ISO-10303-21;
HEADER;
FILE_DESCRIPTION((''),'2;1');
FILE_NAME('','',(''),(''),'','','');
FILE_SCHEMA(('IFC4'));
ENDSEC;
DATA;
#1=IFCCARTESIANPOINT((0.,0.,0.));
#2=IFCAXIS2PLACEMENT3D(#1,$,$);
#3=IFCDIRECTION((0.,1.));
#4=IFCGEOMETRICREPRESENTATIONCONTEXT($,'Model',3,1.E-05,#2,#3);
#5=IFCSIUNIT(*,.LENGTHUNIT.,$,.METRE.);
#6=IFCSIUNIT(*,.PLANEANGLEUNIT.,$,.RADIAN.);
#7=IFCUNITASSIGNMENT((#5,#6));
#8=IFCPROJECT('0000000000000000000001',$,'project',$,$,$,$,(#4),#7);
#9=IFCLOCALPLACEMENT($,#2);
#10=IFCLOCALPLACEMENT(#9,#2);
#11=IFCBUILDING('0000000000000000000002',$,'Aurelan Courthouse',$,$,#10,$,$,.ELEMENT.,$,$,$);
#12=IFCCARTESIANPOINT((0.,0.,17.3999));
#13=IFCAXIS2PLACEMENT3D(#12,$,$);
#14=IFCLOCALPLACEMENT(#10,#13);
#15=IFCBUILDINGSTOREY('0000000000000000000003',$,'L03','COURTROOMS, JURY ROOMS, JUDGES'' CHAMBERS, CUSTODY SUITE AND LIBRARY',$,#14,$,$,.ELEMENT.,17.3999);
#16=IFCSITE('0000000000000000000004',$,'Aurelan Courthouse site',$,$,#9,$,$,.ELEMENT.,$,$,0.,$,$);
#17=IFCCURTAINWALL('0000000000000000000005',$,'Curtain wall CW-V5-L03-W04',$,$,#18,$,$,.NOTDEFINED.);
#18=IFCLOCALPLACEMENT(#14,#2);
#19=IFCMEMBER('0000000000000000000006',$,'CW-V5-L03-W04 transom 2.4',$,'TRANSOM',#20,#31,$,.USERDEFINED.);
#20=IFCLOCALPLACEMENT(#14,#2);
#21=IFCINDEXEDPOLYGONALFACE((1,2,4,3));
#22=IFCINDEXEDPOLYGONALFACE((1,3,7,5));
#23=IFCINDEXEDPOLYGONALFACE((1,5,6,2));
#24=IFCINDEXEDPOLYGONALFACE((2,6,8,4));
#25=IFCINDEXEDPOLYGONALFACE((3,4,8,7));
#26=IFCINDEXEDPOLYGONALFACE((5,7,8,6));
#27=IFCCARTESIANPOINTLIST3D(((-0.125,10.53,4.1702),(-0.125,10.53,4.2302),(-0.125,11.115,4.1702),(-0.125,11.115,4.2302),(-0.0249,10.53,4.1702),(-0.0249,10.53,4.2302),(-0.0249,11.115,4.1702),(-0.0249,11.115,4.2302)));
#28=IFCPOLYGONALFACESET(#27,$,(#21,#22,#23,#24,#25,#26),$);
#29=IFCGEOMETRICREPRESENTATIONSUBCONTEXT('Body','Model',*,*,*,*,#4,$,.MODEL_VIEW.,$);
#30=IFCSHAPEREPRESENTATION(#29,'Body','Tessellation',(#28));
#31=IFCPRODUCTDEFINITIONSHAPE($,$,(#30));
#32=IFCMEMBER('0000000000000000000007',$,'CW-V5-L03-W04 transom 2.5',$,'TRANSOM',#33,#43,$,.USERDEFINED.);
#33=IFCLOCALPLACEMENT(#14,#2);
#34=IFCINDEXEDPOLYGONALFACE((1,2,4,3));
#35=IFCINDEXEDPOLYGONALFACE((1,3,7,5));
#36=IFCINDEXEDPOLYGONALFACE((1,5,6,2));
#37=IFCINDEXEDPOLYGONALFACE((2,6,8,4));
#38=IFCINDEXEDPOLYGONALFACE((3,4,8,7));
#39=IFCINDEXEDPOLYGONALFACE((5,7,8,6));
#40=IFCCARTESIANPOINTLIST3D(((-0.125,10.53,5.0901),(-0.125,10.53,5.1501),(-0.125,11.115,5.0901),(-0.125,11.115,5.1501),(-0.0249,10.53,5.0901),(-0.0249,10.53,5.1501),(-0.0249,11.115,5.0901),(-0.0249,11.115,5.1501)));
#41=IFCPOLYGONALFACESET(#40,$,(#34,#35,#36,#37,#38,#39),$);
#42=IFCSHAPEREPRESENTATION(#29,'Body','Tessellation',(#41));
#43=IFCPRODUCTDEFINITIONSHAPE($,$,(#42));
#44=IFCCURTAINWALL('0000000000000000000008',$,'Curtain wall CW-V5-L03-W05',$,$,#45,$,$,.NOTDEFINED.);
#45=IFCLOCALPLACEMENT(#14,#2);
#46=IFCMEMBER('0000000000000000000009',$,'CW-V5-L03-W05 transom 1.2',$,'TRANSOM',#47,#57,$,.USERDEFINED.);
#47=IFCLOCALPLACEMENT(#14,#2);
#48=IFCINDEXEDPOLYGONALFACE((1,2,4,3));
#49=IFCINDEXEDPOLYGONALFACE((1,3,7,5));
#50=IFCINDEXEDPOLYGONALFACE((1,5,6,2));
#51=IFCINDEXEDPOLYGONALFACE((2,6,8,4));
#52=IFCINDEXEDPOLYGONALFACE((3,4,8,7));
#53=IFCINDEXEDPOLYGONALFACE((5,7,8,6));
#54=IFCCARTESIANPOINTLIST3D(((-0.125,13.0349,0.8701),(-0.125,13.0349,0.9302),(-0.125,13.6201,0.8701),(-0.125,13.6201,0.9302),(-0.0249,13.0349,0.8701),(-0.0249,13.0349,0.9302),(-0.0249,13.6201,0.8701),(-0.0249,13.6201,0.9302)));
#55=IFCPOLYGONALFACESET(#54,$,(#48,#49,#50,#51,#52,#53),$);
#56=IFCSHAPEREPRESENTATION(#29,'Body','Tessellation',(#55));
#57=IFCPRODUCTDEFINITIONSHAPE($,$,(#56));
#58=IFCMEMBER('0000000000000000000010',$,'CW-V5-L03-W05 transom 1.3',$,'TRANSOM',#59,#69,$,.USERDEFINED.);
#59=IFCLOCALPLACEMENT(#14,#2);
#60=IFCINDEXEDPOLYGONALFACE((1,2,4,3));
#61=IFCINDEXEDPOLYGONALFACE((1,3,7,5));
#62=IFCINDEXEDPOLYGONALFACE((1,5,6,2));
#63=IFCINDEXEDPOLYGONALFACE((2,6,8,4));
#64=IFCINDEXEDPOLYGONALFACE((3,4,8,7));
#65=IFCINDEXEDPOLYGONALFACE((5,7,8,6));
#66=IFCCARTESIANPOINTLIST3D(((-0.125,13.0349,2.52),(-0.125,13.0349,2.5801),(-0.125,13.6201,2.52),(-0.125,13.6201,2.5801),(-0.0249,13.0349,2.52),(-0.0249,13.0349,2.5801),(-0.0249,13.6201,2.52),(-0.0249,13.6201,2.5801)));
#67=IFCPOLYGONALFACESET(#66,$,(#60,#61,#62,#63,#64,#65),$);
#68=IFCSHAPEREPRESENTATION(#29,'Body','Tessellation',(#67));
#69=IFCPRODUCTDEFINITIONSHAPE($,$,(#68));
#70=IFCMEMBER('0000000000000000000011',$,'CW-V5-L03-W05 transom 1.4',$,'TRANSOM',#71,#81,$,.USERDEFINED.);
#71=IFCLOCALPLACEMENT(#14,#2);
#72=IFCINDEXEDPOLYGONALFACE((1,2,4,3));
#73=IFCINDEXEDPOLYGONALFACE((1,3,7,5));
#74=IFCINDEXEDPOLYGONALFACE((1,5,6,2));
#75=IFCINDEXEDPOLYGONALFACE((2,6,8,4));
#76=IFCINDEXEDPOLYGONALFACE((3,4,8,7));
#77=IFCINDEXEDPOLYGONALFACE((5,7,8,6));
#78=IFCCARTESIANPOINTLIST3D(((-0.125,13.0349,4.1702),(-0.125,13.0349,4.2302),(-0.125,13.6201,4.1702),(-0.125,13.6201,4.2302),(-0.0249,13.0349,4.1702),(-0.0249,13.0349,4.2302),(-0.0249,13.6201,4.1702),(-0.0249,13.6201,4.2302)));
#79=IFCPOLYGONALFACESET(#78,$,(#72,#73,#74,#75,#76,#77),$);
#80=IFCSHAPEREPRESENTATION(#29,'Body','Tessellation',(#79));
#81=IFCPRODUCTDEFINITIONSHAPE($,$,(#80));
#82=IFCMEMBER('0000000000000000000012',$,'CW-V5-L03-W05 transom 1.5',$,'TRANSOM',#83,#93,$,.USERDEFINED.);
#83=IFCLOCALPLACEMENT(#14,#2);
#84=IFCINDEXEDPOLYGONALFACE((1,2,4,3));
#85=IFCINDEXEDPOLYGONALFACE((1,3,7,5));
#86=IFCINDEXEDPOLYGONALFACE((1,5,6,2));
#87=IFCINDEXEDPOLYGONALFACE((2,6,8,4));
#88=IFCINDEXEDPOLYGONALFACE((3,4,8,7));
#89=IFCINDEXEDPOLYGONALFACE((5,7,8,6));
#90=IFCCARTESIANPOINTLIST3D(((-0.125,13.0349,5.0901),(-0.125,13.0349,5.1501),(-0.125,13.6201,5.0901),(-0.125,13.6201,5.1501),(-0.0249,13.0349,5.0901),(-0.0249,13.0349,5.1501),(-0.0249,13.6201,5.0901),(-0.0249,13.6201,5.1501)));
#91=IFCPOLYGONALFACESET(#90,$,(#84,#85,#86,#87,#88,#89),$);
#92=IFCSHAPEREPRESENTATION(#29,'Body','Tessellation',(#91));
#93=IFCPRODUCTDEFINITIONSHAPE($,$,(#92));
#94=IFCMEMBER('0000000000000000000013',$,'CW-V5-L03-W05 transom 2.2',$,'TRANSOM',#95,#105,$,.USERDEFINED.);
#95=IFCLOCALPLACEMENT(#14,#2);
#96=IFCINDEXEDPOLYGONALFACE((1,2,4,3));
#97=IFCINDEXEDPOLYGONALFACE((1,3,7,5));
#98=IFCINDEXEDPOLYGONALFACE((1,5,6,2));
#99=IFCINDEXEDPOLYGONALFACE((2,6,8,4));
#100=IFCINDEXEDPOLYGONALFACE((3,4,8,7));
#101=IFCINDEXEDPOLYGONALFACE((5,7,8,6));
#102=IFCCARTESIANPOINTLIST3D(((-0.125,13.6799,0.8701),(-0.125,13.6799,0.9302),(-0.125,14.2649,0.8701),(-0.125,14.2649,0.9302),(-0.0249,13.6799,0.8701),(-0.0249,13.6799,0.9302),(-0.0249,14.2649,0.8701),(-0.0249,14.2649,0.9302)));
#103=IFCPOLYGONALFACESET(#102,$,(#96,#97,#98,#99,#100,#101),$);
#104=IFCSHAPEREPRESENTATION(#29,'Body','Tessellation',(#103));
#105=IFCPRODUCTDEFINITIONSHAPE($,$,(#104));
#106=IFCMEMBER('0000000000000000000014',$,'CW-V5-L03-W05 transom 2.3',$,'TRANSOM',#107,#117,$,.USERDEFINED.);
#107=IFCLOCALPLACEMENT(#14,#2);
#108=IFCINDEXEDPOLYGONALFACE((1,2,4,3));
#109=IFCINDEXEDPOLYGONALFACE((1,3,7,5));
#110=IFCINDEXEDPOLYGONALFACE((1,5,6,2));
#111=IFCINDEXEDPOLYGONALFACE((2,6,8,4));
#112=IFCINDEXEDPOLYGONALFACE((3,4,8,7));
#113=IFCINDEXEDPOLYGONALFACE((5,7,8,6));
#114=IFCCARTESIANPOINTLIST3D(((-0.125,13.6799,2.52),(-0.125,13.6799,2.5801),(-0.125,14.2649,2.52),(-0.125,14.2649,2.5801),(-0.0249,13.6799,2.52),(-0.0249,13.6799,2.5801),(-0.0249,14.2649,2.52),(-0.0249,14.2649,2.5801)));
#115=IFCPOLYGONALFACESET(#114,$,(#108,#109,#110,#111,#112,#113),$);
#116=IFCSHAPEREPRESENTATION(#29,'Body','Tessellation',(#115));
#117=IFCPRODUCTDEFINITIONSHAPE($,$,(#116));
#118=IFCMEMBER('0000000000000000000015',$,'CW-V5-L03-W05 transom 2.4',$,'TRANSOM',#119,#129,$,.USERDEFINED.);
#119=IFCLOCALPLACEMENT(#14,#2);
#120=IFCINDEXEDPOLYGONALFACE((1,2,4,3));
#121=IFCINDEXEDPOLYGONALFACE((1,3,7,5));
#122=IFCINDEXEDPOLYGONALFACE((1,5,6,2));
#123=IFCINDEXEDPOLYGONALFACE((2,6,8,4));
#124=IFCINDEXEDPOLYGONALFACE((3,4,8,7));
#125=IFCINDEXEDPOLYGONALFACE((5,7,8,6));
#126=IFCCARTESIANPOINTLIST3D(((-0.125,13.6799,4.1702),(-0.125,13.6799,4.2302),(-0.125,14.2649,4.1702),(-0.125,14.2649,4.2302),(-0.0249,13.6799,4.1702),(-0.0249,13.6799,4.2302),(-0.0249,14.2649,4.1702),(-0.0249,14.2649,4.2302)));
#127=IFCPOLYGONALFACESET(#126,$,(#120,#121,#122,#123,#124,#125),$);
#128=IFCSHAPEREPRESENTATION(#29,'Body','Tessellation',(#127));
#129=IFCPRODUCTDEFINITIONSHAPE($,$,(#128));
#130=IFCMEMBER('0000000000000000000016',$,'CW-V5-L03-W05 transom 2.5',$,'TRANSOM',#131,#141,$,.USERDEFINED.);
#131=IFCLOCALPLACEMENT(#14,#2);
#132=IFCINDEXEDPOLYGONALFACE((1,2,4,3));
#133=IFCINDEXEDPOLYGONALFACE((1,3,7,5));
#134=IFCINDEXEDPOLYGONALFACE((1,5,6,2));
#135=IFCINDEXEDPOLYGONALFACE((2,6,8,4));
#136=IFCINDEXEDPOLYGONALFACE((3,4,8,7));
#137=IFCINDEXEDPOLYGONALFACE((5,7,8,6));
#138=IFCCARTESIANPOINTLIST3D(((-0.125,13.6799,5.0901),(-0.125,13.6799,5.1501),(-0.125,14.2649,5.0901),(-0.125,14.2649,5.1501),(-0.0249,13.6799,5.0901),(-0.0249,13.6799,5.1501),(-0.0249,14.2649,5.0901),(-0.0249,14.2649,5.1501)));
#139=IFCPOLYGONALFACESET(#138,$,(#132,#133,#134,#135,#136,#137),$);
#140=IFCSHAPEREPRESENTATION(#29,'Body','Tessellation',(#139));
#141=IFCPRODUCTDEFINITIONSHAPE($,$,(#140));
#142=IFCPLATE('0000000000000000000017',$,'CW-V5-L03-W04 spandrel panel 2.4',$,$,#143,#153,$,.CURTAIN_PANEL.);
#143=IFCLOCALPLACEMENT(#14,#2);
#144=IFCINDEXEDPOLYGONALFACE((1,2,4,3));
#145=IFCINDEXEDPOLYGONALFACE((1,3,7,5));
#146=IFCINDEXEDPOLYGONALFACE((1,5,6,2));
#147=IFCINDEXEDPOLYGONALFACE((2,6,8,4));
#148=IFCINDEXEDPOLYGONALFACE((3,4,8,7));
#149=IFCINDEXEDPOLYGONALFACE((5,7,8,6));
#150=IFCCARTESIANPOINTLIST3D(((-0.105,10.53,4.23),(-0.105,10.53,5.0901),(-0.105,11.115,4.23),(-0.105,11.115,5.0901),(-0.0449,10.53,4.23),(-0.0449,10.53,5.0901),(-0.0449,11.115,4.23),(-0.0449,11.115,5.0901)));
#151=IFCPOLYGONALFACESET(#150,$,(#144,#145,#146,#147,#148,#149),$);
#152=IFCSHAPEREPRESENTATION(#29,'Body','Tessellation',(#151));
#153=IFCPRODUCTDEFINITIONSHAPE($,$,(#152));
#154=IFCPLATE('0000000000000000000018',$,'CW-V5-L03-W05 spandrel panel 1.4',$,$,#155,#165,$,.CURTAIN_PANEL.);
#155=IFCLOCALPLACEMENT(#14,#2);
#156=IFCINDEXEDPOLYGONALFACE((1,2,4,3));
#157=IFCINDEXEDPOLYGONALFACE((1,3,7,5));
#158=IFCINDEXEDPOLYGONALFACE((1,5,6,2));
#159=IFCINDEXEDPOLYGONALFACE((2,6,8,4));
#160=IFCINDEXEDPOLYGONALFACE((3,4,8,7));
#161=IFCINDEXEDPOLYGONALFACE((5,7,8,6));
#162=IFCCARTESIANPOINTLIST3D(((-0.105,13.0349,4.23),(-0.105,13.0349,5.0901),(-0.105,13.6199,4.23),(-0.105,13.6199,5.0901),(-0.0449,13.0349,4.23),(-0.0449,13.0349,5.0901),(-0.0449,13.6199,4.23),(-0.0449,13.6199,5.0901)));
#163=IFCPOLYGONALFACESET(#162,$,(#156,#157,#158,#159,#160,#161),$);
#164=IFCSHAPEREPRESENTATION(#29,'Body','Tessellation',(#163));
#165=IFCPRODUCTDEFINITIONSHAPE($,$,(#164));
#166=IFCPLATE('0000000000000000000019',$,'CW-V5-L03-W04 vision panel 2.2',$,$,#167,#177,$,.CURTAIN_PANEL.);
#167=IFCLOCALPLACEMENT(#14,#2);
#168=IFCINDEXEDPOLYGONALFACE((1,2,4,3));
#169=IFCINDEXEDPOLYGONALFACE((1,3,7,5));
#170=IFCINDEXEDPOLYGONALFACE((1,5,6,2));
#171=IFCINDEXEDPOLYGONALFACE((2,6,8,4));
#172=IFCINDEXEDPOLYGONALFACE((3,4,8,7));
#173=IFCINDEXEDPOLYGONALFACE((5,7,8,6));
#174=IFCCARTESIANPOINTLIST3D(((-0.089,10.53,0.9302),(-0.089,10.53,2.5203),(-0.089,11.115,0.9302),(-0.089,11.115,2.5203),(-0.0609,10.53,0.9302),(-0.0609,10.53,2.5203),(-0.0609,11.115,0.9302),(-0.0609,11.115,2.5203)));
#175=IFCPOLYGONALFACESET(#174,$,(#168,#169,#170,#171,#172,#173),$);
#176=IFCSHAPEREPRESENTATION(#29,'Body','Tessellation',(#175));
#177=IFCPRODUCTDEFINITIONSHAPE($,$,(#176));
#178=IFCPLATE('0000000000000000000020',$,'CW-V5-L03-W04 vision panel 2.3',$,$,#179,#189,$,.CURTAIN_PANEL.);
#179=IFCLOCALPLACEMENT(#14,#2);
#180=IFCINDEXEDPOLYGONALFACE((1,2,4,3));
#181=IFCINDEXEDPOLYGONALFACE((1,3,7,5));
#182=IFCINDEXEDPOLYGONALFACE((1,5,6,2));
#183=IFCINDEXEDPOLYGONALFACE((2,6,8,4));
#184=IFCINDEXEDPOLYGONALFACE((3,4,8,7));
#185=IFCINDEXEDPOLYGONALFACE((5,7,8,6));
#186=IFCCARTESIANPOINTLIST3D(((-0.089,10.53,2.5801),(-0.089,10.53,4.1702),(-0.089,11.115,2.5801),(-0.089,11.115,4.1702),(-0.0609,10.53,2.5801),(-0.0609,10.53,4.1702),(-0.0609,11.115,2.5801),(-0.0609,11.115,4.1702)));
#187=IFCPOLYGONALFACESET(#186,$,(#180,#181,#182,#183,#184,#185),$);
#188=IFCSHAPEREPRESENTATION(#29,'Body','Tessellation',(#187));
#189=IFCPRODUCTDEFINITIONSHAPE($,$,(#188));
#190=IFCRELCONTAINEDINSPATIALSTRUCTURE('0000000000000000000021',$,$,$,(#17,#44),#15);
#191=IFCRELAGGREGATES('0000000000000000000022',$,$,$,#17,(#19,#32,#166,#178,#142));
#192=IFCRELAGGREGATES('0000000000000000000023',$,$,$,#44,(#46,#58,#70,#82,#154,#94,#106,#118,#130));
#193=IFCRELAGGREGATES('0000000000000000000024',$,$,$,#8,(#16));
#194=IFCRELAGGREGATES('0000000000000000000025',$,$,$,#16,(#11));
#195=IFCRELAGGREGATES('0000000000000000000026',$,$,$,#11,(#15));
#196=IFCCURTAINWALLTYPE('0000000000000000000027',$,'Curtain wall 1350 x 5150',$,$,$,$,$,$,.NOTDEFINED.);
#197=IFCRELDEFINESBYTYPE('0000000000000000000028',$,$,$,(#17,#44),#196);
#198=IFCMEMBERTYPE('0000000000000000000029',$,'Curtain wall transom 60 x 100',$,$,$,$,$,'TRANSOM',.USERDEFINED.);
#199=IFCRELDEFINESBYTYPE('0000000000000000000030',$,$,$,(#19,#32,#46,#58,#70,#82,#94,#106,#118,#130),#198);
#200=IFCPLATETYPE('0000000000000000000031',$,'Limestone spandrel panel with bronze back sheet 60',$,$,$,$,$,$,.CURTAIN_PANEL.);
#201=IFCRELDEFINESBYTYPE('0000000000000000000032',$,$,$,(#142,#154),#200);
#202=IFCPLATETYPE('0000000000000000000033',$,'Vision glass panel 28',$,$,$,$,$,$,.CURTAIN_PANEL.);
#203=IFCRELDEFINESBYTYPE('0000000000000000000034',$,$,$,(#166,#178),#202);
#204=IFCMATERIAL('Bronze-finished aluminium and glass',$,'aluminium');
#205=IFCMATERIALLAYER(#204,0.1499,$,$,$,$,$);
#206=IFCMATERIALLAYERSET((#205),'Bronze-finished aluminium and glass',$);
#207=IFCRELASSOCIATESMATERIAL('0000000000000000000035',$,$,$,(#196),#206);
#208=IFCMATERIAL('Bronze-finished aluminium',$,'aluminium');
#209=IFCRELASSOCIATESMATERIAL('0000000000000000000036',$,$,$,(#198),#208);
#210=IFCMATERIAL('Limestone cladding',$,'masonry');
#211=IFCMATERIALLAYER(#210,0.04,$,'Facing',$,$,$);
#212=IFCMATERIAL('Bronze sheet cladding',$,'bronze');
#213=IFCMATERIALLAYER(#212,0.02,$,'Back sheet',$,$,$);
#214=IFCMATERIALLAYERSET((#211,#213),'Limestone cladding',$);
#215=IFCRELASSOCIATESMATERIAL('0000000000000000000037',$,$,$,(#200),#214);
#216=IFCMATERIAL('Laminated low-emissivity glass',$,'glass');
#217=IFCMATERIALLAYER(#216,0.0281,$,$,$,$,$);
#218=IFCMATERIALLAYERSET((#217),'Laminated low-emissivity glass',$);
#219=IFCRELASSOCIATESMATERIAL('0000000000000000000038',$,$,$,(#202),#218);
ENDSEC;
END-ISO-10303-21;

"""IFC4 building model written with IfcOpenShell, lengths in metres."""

from ifc_helpers import new_model, si_unit, direction, frame, origin, origin_2d, place, context, subcontext, project, spatial, rectangle, extrude, material, layer, layer_set, material_profile, profile_set, type_object, element, aggregate, save


model = new_model("IFC4")

# Units and contexts
model_context = context("Model", 3, precision=1e-05, world=origin(), true_north=direction((0.0, 1.0)))
body_context = subcontext(model_context, "Body", "Model", "MODEL_VIEW")
ifc_project = project(units=[si_unit("LENGTHUNIT", "METRE"), si_unit("PLANEANGLEUNIT", "RADIAN")], contexts=[model_context])

# Site, building, storey
site_placement = place(None, origin())
site = spatial("IfcSite", under=ifc_project, at=site_placement, Name="Aurelan Courthouse site", CompositionType="ELEMENT", RefElevation=0.0)
building_placement = place(site_placement, origin())
building = spatial("IfcBuilding", under=site, at=building_placement, Name="Aurelan Courthouse", CompositionType="ELEMENT")
storey_placement = place(building_placement, frame((0.0, 0.0, 17.3999)))
storey = spatial("IfcBuildingStorey", under=building, at=storey_placement, Name="L03", Description="COURTROOMS, JURY ROOMS, JUDGES' CHAMBERS, CUSTODY SUITE AND LIBRARY", CompositionType="ELEMENT", Elevation=17.3999)

# Curtain walls, members
ifc_material_1 = material(Name="Bronze-finished aluminium and glass", Category="aluminium")
ifc_layer_1 = layer(ifc_material_1, 0.1499)
ifc_layer_set_1 = layer_set([ifc_layer_1], Name="Bronze-finished aluminium and glass")
curtain_wall_type = type_object("IfcCurtainWallType", Name="Curtain wall 1350 x 5150", PredefinedType="NOTDEFINED", material=ifc_layer_set_1)
curtain_wall_1_placement = place(storey_placement, origin())
curtain_wall_1 = element("IfcCurtainWall", 1, at=curtain_wall_1_placement, inside=storey, type_object=curtain_wall_type, Name="Curtain wall CW-V5-L03-W04", PredefinedType="NOTDEFINED")
ifc_material_2 = material(Name="Bronze-finished aluminium", Category="aluminium")
ifc_material_profile = material_profile(ifc_material_2, rectangle(XDim=0.1001, YDim=0.0601, at=origin_2d()), Name="Bronze transom 60 x 100")
ifc_profile_set = profile_set([ifc_material_profile], Name="Bronze-finished aluminium")
member_type = type_object("IfcMemberType", Name="Curtain wall transom 60 x 100", ElementType="TRANSOM", PredefinedType="USERDEFINED", material=ifc_profile_set)
member_1_placement = place(storey_placement, frame((-0.075, 10.53, 4.2002), z_axis=(0.0, 1.0, 0.0), x_axis=(-1.0, 0.0, 0.0)))
member_1 = element("IfcMember", 2, at=member_1_placement, type_object=member_type, Name="CW-V5-L03-W04 transom 2.4", ObjectType="TRANSOM", PredefinedType="USERDEFINED", context=body_context, shape_type="SweptSolid", body=[
    extrude(rectangle(XDim=0.1001, YDim=0.0601, at=origin_2d()), origin(), (0.0, 0.0, 1.0), 0.585),
])
member_2_placement = place(storey_placement, frame((-0.075, 10.53, 5.1201), z_axis=(0.0, 1.0, 0.0), x_axis=(-1.0, 0.0, 0.0)))
member_2 = element("IfcMember", 3, at=member_2_placement, type_object=member_type, Name="CW-V5-L03-W04 transom 2.5", ObjectType="TRANSOM", PredefinedType="USERDEFINED", context=body_context, shape_type="SweptSolid", body=[
    extrude(rectangle(XDim=0.1001, YDim=0.0601, at=origin_2d()), origin(), (0.0, 0.0, 1.0), 0.585),
])
curtain_wall_2_placement = place(storey_placement, origin())
curtain_wall_2 = element("IfcCurtainWall", 4, at=curtain_wall_2_placement, inside=storey, type_object=curtain_wall_type, Name="Curtain wall CW-V5-L03-W05", PredefinedType="NOTDEFINED")
member_3_placement = place(storey_placement, frame((-0.075, 13.0349, 0.9001), z_axis=(0.0, 1.0, 0.0), x_axis=(-1.0, 0.0, 0.0)))
member_3 = element("IfcMember", 5, at=member_3_placement, type_object=member_type, Name="CW-V5-L03-W05 transom 1.2", ObjectType="TRANSOM", PredefinedType="USERDEFINED", context=body_context, shape_type="SweptSolid", body=[
    extrude(rectangle(XDim=0.1001, YDim=0.0601, at=origin_2d()), origin(), (0.0, 0.0, 1.0), 0.5852),
])
member_4_placement = place(storey_placement, frame((-0.075, 13.0349, 2.55), z_axis=(0.0, 1.0, 0.0), x_axis=(-1.0, 0.0, 0.0)))
member_4 = element("IfcMember", 6, at=member_4_placement, type_object=member_type, Name="CW-V5-L03-W05 transom 1.3", ObjectType="TRANSOM", PredefinedType="USERDEFINED", context=body_context, shape_type="SweptSolid", body=[
    extrude(rectangle(XDim=0.1001, YDim=0.0601, at=origin_2d()), origin(), (0.0, 0.0, 1.0), 0.5852),
])
member_5_placement = place(storey_placement, frame((-0.075, 13.0349, 4.2002), z_axis=(0.0, 1.0, 0.0), x_axis=(-1.0, 0.0, 0.0)))
member_5 = element("IfcMember", 7, at=member_5_placement, type_object=member_type, Name="CW-V5-L03-W05 transom 1.4", ObjectType="TRANSOM", PredefinedType="USERDEFINED", context=body_context, shape_type="SweptSolid", body=[
    extrude(rectangle(XDim=0.1001, YDim=0.0601, at=origin_2d()), origin(), (0.0, 0.0, 1.0), 0.5852),
])
member_6_placement = place(storey_placement, frame((-0.075, 13.0349, 5.1201), z_axis=(0.0, 1.0, 0.0), x_axis=(-1.0, 0.0, 0.0)))
member_6 = element("IfcMember", 8, at=member_6_placement, type_object=member_type, Name="CW-V5-L03-W05 transom 1.5", ObjectType="TRANSOM", PredefinedType="USERDEFINED", context=body_context, shape_type="SweptSolid", body=[
    extrude(rectangle(XDim=0.1001, YDim=0.0601, at=origin_2d()), origin(), (0.0, 0.0, 1.0), 0.5852),
])
member_7_placement = place(storey_placement, frame((-0.075, 13.6799, 0.9001), z_axis=(0.0, 1.0, 0.0), x_axis=(-1.0, 0.0, 0.0)))
member_7 = element("IfcMember", 9, at=member_7_placement, type_object=member_type, Name="CW-V5-L03-W05 transom 2.2", ObjectType="TRANSOM", PredefinedType="USERDEFINED", context=body_context, shape_type="SweptSolid", body=[
    extrude(rectangle(XDim=0.1001, YDim=0.0601, at=origin_2d()), origin(), (0.0, 0.0, 1.0), 0.585),
])
member_8_placement = place(storey_placement, frame((-0.075, 13.6799, 2.55), z_axis=(0.0, 1.0, 0.0), x_axis=(-1.0, 0.0, 0.0)))
member_8 = element("IfcMember", 10, at=member_8_placement, type_object=member_type, Name="CW-V5-L03-W05 transom 2.3", ObjectType="TRANSOM", PredefinedType="USERDEFINED", context=body_context, shape_type="SweptSolid", body=[
    extrude(rectangle(XDim=0.1001, YDim=0.0601, at=origin_2d()), origin(), (0.0, 0.0, 1.0), 0.585),
])
member_9_placement = place(storey_placement, frame((-0.075, 13.6799, 4.2002), z_axis=(0.0, 1.0, 0.0), x_axis=(-1.0, 0.0, 0.0)))
member_9 = element("IfcMember", 11, at=member_9_placement, type_object=member_type, Name="CW-V5-L03-W05 transom 2.4", ObjectType="TRANSOM", PredefinedType="USERDEFINED", context=body_context, shape_type="SweptSolid", body=[
    extrude(rectangle(XDim=0.1001, YDim=0.0601, at=origin_2d()), origin(), (0.0, 0.0, 1.0), 0.585),
])
member_10_placement = place(storey_placement, frame((-0.075, 13.6799, 5.1201), z_axis=(0.0, 1.0, 0.0), x_axis=(-1.0, 0.0, 0.0)))
member_10 = element("IfcMember", 12, at=member_10_placement, type_object=member_type, Name="CW-V5-L03-W05 transom 2.5", ObjectType="TRANSOM", PredefinedType="USERDEFINED", context=body_context, shape_type="SweptSolid", body=[
    extrude(rectangle(XDim=0.1001, YDim=0.0601, at=origin_2d()), origin(), (0.0, 0.0, 1.0), 0.585),
])

# Plates
ifc_material_3 = material(Name="Limestone cladding", Category="masonry")
ifc_layer_2 = layer(ifc_material_3, 0.04, Name="Facing")
ifc_material_4 = material(Name="Bronze sheet cladding", Category="bronze")
ifc_layer_3 = layer(ifc_material_4, 0.02, Name="Back sheet")
ifc_layer_set_2 = layer_set([ifc_layer_2, ifc_layer_3], Name="Limestone cladding")
plate_type_1 = type_object("IfcPlateType", Name="Limestone spandrel panel with bronze back sheet 60", PredefinedType="CURTAIN_PANEL", material=ifc_layer_set_2)
plate_1_placement = place(storey_placement, frame((-0.075, 10.8225, 4.23), z_axis=(0.0, 0.0, 1.0), x_axis=(0.0, 1.0, 0.0)))
plate_1 = element("IfcPlate", 13, at=plate_1_placement, type_object=plate_type_1, Name="CW-V5-L03-W04 spandrel panel 2.4", PredefinedType="CURTAIN_PANEL", context=body_context, shape_type="SweptSolid", body=[
    extrude(rectangle(XDim=0.585, YDim=0.0601, at=origin_2d()), origin(), (0.0, 0.0, 1.0), 0.8601),
])
plate_2_placement = place(storey_placement, frame((-0.075, 13.3274, 4.23), z_axis=(0.0, 0.0, 1.0), x_axis=(0.0, 1.0, 0.0)))
plate_2 = element("IfcPlate", 14, at=plate_2_placement, type_object=plate_type_1, Name="CW-V5-L03-W05 spandrel panel 1.4", PredefinedType="CURTAIN_PANEL", context=body_context, shape_type="SweptSolid", body=[
    extrude(rectangle(XDim=0.585, YDim=0.0601, at=origin_2d()), origin(), (0.0, 0.0, 1.0), 0.8601),
])
ifc_material_5 = material(Name="Laminated low-emissivity glass", Category="glass")
ifc_layer_4 = layer(ifc_material_5, 0.0281)
ifc_layer_set_3 = layer_set([ifc_layer_4], Name="Laminated low-emissivity glass")
plate_type_2 = type_object("IfcPlateType", Name="Vision glass panel 28", PredefinedType="CURTAIN_PANEL", material=ifc_layer_set_3)
plate_3_placement = place(storey_placement, frame((-0.075, 10.8225, 0.9302), z_axis=(0.0, 0.0, 1.0), x_axis=(0.0, 1.0, 0.0)))
plate_3 = element("IfcPlate", 15, at=plate_3_placement, type_object=plate_type_2, Name="CW-V5-L03-W04 vision panel 2.2", PredefinedType="CURTAIN_PANEL", context=body_context, shape_type="SweptSolid", body=[
    extrude(rectangle(XDim=0.585, YDim=0.0281, at=origin_2d()), origin(), (0.0, 0.0, 1.0), 1.5901),
])
plate_4_placement = place(storey_placement, frame((-0.075, 10.8225, 2.5801), z_axis=(0.0, 0.0, 1.0), x_axis=(0.0, 1.0, 0.0)))
plate_4 = element("IfcPlate", 16, at=plate_4_placement, type_object=plate_type_2, Name="CW-V5-L03-W04 vision panel 2.3", PredefinedType="CURTAIN_PANEL", context=body_context, shape_type="SweptSolid", body=[
    extrude(rectangle(XDim=0.585, YDim=0.0281, at=origin_2d()), origin(), (0.0, 0.0, 1.0), 1.5901),
])
aggregate(curtain_wall_1, [member_1, member_2, plate_3, plate_4, plate_1])
aggregate(curtain_wall_2, [member_3, member_4, member_5, member_6, plate_2, member_7, member_8, member_9, member_10])

save(model, "model.ifc")
